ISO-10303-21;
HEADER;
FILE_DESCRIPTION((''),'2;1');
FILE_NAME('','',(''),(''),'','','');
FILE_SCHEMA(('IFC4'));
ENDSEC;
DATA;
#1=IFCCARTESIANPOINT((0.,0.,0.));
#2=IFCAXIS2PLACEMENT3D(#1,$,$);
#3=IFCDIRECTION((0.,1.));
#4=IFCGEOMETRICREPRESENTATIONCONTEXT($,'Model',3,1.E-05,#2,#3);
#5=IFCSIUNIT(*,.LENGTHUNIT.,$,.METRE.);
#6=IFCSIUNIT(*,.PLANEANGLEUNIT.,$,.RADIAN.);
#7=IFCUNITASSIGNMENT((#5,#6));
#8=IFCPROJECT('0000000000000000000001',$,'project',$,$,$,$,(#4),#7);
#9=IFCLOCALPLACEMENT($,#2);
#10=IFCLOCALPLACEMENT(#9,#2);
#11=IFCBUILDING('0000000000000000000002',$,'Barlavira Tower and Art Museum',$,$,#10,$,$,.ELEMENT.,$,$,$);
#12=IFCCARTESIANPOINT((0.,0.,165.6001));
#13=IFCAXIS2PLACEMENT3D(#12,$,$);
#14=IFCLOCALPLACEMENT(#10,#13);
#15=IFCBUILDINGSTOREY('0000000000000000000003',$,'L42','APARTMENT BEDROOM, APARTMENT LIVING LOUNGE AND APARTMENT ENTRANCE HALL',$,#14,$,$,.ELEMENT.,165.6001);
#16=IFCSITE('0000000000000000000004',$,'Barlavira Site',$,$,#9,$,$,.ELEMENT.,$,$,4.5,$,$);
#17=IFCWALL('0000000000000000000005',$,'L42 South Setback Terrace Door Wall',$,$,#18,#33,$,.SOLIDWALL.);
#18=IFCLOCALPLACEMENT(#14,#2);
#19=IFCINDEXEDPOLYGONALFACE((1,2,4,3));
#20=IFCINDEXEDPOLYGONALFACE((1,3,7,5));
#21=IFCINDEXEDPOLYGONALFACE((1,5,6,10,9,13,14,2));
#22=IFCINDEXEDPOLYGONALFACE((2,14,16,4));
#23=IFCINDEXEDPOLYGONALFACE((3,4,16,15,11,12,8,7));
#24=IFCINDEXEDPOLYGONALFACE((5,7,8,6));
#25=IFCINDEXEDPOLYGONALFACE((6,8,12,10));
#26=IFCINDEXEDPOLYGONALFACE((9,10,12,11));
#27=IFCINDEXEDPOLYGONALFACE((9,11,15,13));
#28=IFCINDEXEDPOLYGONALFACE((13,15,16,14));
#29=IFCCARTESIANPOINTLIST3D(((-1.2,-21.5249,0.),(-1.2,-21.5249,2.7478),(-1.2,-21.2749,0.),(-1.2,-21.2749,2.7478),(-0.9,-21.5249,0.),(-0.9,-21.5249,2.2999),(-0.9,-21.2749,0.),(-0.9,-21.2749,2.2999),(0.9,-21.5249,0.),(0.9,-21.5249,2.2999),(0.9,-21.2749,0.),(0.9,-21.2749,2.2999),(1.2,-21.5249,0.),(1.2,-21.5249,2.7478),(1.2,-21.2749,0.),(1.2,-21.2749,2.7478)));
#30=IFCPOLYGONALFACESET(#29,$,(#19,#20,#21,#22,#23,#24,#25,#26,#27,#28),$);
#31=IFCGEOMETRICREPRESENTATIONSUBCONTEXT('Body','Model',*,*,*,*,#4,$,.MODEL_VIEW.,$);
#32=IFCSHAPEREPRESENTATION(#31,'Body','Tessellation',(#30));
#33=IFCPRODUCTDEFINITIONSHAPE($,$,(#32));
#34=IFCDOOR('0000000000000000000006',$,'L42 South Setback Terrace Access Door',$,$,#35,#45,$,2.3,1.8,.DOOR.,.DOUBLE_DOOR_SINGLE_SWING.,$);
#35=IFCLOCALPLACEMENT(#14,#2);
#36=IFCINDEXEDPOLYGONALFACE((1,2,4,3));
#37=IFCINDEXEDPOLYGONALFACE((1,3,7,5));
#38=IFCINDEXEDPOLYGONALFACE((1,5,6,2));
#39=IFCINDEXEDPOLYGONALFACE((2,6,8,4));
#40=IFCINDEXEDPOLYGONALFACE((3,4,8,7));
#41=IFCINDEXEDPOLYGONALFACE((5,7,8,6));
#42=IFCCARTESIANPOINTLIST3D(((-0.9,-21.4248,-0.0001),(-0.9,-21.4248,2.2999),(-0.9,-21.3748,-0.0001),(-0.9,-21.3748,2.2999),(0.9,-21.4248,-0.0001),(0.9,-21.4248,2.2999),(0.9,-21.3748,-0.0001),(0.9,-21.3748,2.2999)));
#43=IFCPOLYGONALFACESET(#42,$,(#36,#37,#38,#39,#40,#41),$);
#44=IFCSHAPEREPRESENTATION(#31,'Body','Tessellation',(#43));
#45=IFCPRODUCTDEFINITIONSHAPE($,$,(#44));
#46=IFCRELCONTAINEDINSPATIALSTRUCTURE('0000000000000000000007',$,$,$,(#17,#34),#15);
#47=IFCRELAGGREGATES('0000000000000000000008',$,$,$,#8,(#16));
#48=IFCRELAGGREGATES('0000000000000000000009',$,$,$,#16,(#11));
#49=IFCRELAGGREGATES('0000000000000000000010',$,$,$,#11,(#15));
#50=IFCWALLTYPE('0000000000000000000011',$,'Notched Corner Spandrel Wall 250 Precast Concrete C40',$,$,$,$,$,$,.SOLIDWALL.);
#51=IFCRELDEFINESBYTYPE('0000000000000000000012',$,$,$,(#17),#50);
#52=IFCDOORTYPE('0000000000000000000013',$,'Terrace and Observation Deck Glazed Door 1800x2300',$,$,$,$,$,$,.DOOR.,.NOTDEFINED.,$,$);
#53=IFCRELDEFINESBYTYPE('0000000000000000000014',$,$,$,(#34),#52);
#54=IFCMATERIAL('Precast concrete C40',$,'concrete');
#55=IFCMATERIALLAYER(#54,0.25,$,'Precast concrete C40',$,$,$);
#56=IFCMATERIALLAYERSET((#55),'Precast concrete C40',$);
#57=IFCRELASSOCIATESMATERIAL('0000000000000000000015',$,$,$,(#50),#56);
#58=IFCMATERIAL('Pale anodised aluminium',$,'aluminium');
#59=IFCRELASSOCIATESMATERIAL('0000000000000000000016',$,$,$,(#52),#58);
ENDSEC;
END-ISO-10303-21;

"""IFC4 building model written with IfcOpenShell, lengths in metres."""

from ifc_helpers import new_model, si_unit, direction, frame, frame_2d, origin, place, context, subcontext, project, spatial, rectangle, extrude, material, layer, layer_set, type_object, element, fill, save


model = new_model("IFC4")

# Units and contexts
model_context = context("Model", 3, precision=1e-05, world=origin(), true_north=direction((0.0, 1.0)))
body_context = subcontext(model_context, "Body", "Model", "MODEL_VIEW")
ifc_project = project(units=[si_unit("LENGTHUNIT", "METRE"), si_unit("PLANEANGLEUNIT", "RADIAN")], contexts=[model_context])

# Site, building, storey
site_placement = place(None, origin())
site = spatial("IfcSite", under=ifc_project, at=site_placement, Name="Barlavira Site", CompositionType="ELEMENT", RefElevation=4.5)
building_placement = place(site_placement, origin())
building = spatial("IfcBuilding", under=site, at=building_placement, Name="Barlavira Tower and Art Museum", CompositionType="ELEMENT")
storey_placement = place(building_placement, frame((0.0, 0.0, 165.6001)))
storey = spatial("IfcBuildingStorey", under=building, at=storey_placement, Name="L42", Description="APARTMENT BEDROOM, APARTMENT LIVING LOUNGE AND APARTMENT ENTRANCE HALL", CompositionType="ELEMENT", Elevation=165.6001)

# Shared definitions
ifc_material_1 = material(Name="Precast concrete C40", Category="concrete")
ifc_layer_1 = layer(ifc_material_1, 0.25, Name="Precast concrete C40")
ifc_layer_set_1 = layer_set([ifc_layer_1], Name="Precast concrete C40")
wall_type_1 = type_object("IfcWallType", Name="Notched Corner Spandrel Wall 250 Precast Concrete C40", PredefinedType="SOLIDWALL", material=ifc_layer_set_1)

# Wall, opening, door
wall_1_placement = place(storey_placement, frame((1.2, -21.3999, 0.0), z_axis=(0.0, 0.0, 1.0), x_axis=(-1.0, 0.0, 0.0)))
wall_1 = element("IfcWall", 1, at=wall_1_placement, inside=storey, type_object=wall_type_1, Name="L42 South Setback Terrace Door Wall", PredefinedType="SOLIDWALL", context=body_context, shape_type="SweptSolid", body=[
    extrude(rectangle(XDim=2.3999, YDim=0.25, at=frame_2d((1.2, 0.0))), origin(), (0.0, 0.0, 1.0), 2.7478),
])
opening_1_placement = place(wall_1_placement, frame((0.3, 0.0, 0.0)))
opening_1 = element("IfcOpeningElement", 2, at=opening_1_placement, cuts=wall_1, PredefinedType="OPENING", context=body_context, shape_type="SweptSolid", body=[
    extrude(rectangle(XDim=1.8, YDim=2.3, at=frame_2d((0.8999, 1.1499))), frame((0.0, 0.135, 0.0), z_axis=(0.0, -1.0, 0.0), x_axis=(1.0, 0.0, 0.0)), (0.0, 0.0, 1.0), 0.27),
])
ifc_material_2 = material(Name="Pale anodised aluminium", Category="aluminium")
door_type_1 = type_object("IfcDoorType", Name="Terrace and Observation Deck Glazed Door 1800x2300", OperationType="NOTDEFINED", PredefinedType="DOOR", material=ifc_material_2)
door_1_placement = place(opening_1_placement, origin())
door_1 = element("IfcDoor", 3, at=door_1_placement, inside=storey, type_object=door_type_1, Name="L42 South Setback Terrace Access Door", OperationType="DOUBLE_DOOR_SINGLE_SWING", OverallHeight=2.3, OverallWidth=1.8, PredefinedType="DOOR", context=body_context, shape_type="SweptSolid", body=[
    extrude(rectangle(XDim=1.8, YDim=2.3, at=frame_2d((0.8999, 1.1499))), frame((0.0, 0.0249, 0.0), z_axis=(0.0, -1.0, 0.0), x_axis=(1.0, 0.0, 0.0)), (0.0, 0.0, 1.0), 0.05),
])
fill(opening_1, door_1)

save(model, "model.ifc")
